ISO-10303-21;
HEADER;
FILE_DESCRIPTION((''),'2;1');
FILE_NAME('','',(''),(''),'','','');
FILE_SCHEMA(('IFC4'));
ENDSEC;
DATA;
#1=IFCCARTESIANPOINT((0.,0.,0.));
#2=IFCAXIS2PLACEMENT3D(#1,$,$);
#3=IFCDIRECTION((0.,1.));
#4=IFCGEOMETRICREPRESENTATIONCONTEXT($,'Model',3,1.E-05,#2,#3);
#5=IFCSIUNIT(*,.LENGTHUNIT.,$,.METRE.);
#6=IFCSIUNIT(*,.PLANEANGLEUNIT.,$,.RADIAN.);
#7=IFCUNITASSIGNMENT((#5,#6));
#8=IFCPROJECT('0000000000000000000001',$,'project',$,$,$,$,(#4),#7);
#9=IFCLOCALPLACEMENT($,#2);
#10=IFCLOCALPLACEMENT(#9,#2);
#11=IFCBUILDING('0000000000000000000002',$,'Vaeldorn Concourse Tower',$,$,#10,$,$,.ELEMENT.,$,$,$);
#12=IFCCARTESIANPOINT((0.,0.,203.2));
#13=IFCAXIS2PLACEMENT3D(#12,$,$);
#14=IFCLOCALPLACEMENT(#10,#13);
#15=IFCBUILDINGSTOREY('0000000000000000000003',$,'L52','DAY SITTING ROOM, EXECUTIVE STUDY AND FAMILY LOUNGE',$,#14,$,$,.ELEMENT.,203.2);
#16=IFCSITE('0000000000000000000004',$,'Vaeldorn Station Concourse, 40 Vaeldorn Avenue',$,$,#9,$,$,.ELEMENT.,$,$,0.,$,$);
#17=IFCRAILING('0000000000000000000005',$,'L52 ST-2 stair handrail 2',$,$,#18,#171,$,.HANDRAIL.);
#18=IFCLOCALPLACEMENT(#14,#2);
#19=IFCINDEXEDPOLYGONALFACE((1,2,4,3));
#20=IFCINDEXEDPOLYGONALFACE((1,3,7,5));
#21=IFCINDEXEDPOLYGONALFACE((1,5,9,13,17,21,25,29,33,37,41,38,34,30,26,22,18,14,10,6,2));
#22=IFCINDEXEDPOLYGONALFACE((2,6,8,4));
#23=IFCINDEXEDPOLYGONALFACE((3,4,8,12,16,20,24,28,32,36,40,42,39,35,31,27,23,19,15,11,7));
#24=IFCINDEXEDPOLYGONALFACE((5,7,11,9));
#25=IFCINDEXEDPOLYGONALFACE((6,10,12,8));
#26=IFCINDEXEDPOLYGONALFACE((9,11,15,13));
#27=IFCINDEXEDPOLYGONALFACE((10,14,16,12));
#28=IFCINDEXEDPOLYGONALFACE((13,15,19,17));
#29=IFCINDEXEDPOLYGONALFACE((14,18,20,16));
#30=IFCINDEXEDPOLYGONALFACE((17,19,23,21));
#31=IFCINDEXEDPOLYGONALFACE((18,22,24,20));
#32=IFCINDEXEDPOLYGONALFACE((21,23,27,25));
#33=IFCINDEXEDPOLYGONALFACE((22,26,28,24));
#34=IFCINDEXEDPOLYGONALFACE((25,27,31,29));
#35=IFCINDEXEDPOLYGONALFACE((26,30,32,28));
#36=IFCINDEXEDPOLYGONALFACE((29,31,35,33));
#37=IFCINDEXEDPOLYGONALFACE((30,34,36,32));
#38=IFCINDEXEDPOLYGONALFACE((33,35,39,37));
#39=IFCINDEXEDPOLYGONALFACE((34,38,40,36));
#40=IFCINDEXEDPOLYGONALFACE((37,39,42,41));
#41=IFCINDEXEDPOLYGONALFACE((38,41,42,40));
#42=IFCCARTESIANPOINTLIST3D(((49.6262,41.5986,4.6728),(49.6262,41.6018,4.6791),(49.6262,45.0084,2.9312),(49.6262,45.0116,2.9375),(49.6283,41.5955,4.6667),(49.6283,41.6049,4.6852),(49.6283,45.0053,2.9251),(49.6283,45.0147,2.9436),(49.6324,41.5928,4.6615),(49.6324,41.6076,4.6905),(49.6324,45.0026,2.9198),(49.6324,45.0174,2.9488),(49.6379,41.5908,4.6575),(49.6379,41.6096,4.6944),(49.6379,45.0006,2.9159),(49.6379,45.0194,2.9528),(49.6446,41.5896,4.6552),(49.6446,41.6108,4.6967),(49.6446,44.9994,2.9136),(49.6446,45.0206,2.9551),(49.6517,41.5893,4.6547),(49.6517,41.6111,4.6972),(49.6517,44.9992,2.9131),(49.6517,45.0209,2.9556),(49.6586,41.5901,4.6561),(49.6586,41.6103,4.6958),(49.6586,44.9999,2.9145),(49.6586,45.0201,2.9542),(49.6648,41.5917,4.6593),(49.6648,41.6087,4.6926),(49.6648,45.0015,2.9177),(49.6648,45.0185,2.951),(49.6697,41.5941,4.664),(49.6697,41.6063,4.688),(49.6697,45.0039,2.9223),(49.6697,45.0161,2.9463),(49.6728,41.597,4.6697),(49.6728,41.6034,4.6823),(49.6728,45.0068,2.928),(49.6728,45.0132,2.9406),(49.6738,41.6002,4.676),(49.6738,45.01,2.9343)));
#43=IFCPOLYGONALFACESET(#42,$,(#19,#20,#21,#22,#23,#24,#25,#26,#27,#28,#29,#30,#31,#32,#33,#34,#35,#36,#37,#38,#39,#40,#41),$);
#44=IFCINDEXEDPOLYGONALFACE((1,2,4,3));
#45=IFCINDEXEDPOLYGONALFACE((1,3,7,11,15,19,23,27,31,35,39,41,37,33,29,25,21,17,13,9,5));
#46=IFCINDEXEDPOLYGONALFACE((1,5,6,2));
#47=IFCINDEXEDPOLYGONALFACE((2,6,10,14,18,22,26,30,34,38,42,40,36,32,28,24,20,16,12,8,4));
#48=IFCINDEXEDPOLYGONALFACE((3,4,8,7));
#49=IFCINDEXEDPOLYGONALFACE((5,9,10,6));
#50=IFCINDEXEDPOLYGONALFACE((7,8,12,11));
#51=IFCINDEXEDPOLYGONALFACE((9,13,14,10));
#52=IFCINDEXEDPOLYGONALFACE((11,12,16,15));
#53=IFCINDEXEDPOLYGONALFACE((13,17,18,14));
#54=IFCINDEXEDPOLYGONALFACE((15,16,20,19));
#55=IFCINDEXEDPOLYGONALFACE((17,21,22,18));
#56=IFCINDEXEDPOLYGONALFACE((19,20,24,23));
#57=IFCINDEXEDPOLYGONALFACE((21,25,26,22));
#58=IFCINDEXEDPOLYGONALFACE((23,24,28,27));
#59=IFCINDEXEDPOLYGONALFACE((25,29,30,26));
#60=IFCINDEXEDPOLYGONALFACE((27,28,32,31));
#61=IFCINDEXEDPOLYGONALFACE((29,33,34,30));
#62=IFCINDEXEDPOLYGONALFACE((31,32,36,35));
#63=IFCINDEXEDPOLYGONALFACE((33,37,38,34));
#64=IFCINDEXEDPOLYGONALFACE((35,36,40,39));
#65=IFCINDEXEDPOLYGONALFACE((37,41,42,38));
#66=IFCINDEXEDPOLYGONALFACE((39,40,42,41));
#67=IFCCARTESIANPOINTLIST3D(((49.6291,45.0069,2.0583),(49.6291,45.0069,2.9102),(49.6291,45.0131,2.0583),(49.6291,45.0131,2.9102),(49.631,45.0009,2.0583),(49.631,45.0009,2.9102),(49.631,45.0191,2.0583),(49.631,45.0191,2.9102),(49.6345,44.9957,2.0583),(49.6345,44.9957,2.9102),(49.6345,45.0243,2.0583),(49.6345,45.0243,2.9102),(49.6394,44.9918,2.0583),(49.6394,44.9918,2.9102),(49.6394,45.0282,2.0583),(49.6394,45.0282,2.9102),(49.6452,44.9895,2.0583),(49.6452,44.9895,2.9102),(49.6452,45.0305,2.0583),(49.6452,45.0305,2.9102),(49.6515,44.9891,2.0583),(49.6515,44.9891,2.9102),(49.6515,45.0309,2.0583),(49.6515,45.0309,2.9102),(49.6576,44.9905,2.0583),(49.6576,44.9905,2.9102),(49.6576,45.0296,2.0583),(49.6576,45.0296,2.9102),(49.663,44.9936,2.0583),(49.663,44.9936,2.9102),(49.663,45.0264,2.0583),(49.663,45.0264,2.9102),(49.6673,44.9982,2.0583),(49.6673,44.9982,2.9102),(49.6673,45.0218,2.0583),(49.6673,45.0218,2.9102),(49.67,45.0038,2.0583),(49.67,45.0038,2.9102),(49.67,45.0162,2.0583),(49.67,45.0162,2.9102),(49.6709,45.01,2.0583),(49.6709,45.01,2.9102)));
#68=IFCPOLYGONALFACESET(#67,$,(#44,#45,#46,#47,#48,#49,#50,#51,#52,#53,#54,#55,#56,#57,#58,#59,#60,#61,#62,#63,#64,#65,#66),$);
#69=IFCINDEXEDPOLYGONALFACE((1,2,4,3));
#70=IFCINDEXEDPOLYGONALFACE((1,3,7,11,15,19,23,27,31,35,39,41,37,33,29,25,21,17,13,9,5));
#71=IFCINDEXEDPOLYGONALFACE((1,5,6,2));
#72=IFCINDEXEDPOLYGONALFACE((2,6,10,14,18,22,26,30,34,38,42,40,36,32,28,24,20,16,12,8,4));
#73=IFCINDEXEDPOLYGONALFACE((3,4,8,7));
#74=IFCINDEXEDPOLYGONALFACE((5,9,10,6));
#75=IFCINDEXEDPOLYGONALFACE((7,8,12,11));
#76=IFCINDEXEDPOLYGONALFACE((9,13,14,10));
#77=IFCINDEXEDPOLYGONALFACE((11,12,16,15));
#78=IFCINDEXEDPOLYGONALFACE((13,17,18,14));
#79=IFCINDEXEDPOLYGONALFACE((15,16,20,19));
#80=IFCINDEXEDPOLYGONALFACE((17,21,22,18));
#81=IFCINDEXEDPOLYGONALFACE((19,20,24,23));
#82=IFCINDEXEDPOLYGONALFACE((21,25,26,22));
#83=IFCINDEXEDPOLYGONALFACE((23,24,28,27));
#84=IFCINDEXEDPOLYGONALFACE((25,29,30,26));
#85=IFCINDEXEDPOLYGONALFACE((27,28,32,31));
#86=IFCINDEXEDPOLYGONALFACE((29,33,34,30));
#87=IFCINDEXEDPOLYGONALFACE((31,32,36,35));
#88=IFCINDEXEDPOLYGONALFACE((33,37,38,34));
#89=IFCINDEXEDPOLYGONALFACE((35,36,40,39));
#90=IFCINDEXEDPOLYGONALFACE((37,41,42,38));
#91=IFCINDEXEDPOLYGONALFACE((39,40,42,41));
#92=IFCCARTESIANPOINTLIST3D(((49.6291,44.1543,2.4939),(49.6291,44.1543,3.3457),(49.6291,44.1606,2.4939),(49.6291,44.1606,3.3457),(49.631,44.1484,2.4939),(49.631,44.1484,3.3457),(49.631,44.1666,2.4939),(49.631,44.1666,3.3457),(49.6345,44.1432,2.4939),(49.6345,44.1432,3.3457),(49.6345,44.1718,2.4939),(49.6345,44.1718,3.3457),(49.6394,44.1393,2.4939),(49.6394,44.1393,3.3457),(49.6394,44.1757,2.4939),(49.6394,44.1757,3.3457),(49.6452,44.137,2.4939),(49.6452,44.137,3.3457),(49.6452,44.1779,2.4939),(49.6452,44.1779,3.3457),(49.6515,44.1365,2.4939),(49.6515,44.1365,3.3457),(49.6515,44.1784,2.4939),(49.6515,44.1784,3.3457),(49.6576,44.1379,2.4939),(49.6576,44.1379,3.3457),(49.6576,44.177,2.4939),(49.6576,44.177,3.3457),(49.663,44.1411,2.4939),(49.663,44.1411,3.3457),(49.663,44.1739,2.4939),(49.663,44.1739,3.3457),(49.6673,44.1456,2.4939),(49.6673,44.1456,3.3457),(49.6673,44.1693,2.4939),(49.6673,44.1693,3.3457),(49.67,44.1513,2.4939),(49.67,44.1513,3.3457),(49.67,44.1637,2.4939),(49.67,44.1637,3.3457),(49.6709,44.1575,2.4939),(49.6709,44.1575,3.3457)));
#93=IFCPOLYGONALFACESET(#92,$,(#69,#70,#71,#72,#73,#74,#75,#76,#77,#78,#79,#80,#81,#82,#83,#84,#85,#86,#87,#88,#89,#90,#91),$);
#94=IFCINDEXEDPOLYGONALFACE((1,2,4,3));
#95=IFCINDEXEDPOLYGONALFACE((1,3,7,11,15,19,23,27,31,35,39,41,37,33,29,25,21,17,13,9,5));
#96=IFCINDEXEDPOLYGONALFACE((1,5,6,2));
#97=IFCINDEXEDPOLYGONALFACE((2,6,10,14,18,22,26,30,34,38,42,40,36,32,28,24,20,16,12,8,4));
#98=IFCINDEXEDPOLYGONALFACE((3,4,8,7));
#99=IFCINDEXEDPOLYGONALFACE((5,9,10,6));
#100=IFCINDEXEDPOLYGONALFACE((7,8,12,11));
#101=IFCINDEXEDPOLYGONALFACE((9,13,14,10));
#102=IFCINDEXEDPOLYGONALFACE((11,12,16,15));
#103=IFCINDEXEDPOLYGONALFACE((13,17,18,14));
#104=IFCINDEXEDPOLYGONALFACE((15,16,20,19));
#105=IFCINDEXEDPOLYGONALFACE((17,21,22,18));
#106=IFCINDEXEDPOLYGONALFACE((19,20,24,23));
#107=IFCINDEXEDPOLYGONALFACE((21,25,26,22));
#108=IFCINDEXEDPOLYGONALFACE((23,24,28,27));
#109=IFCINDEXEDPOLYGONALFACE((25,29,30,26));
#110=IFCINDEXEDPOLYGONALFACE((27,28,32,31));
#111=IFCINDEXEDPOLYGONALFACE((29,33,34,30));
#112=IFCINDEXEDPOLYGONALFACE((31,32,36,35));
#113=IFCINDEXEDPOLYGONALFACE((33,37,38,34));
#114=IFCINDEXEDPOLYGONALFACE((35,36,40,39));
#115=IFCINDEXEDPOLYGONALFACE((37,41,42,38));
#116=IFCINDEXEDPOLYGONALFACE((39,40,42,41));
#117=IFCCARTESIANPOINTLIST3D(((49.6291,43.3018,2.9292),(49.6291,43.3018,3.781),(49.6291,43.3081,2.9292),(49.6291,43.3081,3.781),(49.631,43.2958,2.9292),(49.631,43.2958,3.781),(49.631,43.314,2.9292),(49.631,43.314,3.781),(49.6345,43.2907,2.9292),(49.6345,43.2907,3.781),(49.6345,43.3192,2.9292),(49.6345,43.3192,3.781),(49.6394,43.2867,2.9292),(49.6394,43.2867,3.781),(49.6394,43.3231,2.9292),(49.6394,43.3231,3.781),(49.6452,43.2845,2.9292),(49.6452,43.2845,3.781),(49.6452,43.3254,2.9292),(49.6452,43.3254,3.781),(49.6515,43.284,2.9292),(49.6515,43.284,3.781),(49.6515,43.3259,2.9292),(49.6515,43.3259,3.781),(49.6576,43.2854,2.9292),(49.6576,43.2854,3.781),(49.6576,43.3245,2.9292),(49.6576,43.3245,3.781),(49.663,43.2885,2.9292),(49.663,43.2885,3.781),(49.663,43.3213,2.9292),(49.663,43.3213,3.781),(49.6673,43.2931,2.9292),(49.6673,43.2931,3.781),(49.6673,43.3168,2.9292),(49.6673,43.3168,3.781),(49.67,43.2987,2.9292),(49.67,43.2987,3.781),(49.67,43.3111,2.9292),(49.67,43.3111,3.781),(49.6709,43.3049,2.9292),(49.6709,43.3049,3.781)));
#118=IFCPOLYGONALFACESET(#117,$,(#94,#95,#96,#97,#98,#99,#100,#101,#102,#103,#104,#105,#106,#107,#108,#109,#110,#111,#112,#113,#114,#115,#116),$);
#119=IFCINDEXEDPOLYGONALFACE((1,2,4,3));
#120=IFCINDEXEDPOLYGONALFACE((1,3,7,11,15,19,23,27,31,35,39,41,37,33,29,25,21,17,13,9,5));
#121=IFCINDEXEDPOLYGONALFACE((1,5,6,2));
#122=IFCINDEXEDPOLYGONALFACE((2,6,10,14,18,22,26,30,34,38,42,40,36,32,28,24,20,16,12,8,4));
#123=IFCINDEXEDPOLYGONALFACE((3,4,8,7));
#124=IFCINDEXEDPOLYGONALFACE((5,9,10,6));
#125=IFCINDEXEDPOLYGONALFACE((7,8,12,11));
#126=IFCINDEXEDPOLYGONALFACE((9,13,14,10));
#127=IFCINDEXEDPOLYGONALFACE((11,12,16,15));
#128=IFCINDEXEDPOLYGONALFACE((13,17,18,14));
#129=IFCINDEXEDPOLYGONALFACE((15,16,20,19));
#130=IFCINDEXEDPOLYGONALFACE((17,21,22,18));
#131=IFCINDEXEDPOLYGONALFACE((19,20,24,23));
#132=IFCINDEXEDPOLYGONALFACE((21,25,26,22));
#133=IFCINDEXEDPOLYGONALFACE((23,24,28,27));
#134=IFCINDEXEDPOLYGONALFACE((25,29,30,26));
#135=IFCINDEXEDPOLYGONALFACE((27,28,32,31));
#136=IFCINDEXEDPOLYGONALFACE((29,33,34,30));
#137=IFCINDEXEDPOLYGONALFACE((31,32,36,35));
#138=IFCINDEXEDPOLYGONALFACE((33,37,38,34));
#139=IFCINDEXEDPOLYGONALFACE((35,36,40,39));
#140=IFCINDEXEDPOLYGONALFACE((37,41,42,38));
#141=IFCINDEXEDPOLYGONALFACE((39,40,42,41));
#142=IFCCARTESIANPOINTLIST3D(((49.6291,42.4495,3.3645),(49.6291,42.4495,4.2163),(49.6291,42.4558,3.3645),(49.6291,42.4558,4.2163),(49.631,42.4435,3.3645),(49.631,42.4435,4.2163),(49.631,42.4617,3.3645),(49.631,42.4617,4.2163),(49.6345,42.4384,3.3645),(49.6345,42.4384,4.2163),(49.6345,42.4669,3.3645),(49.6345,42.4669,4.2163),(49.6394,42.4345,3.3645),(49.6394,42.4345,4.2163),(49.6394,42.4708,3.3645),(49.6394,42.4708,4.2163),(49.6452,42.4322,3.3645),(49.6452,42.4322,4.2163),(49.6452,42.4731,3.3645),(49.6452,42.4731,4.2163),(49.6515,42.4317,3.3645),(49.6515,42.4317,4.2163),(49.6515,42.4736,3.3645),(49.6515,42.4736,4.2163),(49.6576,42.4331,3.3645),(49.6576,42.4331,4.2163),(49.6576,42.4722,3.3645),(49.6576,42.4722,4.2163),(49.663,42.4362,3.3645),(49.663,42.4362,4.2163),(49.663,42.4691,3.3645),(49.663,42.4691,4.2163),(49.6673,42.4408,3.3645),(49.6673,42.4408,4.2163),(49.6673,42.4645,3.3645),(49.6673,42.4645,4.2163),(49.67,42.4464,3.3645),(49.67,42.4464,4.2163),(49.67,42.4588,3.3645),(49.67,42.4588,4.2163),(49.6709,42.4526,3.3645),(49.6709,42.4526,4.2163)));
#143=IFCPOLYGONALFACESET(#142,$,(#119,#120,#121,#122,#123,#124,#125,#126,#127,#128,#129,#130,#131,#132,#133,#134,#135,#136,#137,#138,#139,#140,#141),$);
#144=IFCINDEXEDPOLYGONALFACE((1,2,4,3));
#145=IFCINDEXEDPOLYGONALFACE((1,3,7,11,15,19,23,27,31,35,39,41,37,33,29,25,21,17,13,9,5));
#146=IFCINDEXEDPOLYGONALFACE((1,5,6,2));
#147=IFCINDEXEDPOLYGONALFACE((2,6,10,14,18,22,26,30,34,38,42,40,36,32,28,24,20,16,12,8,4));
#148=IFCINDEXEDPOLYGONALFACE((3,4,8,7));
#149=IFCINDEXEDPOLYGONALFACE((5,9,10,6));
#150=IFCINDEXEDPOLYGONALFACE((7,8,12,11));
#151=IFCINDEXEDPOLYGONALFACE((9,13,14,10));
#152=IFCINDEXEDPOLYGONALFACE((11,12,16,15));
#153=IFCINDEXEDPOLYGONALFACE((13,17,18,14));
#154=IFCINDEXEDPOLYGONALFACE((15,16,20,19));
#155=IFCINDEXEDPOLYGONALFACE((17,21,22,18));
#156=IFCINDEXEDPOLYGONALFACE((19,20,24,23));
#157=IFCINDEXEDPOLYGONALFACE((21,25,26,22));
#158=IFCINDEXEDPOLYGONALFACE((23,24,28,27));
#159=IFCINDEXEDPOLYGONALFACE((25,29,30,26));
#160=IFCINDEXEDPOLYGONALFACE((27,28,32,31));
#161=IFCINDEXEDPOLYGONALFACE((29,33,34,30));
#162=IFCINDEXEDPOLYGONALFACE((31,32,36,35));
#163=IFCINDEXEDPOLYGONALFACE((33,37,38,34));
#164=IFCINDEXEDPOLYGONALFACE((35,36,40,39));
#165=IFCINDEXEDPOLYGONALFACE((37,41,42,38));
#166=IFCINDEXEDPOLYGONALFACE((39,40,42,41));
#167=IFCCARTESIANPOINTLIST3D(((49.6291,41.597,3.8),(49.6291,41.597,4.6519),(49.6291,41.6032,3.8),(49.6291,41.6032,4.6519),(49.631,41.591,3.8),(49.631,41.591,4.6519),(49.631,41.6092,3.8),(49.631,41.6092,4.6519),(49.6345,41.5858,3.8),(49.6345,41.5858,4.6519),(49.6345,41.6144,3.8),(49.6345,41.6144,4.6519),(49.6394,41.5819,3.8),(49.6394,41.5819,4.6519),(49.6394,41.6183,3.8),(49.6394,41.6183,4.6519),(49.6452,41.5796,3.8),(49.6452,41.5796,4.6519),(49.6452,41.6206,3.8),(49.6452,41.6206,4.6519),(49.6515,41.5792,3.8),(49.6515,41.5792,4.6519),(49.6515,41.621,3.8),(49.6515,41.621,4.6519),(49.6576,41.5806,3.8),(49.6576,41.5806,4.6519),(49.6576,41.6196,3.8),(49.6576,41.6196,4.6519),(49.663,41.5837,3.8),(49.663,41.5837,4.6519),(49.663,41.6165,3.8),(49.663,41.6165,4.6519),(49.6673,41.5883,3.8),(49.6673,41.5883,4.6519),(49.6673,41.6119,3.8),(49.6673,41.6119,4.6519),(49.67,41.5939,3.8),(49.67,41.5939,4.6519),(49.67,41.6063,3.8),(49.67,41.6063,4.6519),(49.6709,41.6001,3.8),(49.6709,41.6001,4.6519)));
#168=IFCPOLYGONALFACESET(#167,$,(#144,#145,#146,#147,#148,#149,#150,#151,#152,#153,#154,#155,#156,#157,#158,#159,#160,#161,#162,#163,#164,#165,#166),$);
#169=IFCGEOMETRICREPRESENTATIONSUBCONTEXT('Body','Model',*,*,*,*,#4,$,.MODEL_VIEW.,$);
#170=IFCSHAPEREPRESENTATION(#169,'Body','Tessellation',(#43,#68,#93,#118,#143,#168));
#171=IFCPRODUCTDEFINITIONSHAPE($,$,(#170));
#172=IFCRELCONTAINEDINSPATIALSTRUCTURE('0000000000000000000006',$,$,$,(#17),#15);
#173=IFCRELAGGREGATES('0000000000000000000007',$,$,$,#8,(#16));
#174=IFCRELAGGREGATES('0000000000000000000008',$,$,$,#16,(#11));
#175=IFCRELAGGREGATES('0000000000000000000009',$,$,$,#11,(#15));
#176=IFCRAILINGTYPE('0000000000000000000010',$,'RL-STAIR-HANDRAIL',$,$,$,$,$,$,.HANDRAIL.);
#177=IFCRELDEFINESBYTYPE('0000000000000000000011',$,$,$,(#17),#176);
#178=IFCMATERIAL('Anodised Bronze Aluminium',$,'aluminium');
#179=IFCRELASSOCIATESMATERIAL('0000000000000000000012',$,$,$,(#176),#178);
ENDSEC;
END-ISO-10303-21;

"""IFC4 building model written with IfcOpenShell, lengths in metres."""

from ifc_helpers import new_model, si_unit, direction, frame, origin, origin_2d, place, context, subcontext, project, spatial, circle, extrude, material, type_object, element, save


model = new_model("IFC4")

# Units and contexts
model_context = context("Model", 3, precision=1e-05, world=origin(), true_north=direction((0.0, 1.0)))
body_context = subcontext(model_context, "Body", "Model", "MODEL_VIEW")
ifc_project = project(units=[si_unit("LENGTHUNIT", "METRE"), si_unit("PLANEANGLEUNIT", "RADIAN")], contexts=[model_context])

# Site, building, storey
site_placement = place(None, origin())
site = spatial("IfcSite", under=ifc_project, at=site_placement, Name="Vaeldorn Station Concourse, 40 Vaeldorn Avenue", CompositionType="ELEMENT", RefElevation=0.0)
building_placement = place(site_placement, origin())
building = spatial("IfcBuilding", under=site, at=building_placement, Name="Vaeldorn Concourse Tower", CompositionType="ELEMENT")
storey_placement = place(building_placement, frame((0.0, 0.0, 203.2)))
storey = spatial("IfcBuildingStorey", under=building, at=storey_placement, Name="L52", Description="DAY SITTING ROOM, EXECUTIVE STUDY AND FAMILY LOUNGE", CompositionType="ELEMENT", Elevation=203.2)

# Shared definitions
ifc_material_1 = material(Name="Anodised Bronze Aluminium", Category="aluminium")

# Railing
railing_type_1 = type_object("IfcRailingType", Name="RL-STAIR-HANDRAIL", PredefinedType="HANDRAIL", material=ifc_material_1)
railing_1_placement = place(storey_placement, frame((49.6499, 45.01, 2.0583)))
element("IfcRailing", 1, at=railing_1_placement, inside=storey, type_object=railing_type_1, Name="L52 ST-2 stair handrail 2", PredefinedType="HANDRAIL", context=body_context, shape_type="SweptSolid", body=[
    extrude(circle(Radius=0.0239, at=origin_2d()), frame((0.0, 0.0, 0.876), z_axis=(0.0, -0.890556, 0.454874), x_axis=(1.0, 0.0, 0.0)), (0.0, 0.0, 1.0), 3.8289),
    extrude(circle(Radius=0.021, at=origin_2d()), origin(), (0.0, 0.0, 1.0), 0.8518),
    extrude(circle(Radius=0.021, at=origin_2d()), frame((0.0, -0.8525, 0.4355)), (0.0, 0.0, 1.0), 0.8518),
    extrude(circle(Radius=0.021, at=origin_2d()), frame((0.0, -1.7051, 0.8708)), (0.0, 0.0, 1.0), 0.8518),
    extrude(circle(Radius=0.021, at=origin_2d()), frame((0.0, -2.5574, 1.3062)), (0.0, 0.0, 1.0), 0.8518),
    extrude(circle(Radius=0.021, at=origin_2d()), frame((0.0, -3.4099, 1.7417)), (0.0, 0.0, 1.0), 0.8518),
])

save(model, "model.ifc")
